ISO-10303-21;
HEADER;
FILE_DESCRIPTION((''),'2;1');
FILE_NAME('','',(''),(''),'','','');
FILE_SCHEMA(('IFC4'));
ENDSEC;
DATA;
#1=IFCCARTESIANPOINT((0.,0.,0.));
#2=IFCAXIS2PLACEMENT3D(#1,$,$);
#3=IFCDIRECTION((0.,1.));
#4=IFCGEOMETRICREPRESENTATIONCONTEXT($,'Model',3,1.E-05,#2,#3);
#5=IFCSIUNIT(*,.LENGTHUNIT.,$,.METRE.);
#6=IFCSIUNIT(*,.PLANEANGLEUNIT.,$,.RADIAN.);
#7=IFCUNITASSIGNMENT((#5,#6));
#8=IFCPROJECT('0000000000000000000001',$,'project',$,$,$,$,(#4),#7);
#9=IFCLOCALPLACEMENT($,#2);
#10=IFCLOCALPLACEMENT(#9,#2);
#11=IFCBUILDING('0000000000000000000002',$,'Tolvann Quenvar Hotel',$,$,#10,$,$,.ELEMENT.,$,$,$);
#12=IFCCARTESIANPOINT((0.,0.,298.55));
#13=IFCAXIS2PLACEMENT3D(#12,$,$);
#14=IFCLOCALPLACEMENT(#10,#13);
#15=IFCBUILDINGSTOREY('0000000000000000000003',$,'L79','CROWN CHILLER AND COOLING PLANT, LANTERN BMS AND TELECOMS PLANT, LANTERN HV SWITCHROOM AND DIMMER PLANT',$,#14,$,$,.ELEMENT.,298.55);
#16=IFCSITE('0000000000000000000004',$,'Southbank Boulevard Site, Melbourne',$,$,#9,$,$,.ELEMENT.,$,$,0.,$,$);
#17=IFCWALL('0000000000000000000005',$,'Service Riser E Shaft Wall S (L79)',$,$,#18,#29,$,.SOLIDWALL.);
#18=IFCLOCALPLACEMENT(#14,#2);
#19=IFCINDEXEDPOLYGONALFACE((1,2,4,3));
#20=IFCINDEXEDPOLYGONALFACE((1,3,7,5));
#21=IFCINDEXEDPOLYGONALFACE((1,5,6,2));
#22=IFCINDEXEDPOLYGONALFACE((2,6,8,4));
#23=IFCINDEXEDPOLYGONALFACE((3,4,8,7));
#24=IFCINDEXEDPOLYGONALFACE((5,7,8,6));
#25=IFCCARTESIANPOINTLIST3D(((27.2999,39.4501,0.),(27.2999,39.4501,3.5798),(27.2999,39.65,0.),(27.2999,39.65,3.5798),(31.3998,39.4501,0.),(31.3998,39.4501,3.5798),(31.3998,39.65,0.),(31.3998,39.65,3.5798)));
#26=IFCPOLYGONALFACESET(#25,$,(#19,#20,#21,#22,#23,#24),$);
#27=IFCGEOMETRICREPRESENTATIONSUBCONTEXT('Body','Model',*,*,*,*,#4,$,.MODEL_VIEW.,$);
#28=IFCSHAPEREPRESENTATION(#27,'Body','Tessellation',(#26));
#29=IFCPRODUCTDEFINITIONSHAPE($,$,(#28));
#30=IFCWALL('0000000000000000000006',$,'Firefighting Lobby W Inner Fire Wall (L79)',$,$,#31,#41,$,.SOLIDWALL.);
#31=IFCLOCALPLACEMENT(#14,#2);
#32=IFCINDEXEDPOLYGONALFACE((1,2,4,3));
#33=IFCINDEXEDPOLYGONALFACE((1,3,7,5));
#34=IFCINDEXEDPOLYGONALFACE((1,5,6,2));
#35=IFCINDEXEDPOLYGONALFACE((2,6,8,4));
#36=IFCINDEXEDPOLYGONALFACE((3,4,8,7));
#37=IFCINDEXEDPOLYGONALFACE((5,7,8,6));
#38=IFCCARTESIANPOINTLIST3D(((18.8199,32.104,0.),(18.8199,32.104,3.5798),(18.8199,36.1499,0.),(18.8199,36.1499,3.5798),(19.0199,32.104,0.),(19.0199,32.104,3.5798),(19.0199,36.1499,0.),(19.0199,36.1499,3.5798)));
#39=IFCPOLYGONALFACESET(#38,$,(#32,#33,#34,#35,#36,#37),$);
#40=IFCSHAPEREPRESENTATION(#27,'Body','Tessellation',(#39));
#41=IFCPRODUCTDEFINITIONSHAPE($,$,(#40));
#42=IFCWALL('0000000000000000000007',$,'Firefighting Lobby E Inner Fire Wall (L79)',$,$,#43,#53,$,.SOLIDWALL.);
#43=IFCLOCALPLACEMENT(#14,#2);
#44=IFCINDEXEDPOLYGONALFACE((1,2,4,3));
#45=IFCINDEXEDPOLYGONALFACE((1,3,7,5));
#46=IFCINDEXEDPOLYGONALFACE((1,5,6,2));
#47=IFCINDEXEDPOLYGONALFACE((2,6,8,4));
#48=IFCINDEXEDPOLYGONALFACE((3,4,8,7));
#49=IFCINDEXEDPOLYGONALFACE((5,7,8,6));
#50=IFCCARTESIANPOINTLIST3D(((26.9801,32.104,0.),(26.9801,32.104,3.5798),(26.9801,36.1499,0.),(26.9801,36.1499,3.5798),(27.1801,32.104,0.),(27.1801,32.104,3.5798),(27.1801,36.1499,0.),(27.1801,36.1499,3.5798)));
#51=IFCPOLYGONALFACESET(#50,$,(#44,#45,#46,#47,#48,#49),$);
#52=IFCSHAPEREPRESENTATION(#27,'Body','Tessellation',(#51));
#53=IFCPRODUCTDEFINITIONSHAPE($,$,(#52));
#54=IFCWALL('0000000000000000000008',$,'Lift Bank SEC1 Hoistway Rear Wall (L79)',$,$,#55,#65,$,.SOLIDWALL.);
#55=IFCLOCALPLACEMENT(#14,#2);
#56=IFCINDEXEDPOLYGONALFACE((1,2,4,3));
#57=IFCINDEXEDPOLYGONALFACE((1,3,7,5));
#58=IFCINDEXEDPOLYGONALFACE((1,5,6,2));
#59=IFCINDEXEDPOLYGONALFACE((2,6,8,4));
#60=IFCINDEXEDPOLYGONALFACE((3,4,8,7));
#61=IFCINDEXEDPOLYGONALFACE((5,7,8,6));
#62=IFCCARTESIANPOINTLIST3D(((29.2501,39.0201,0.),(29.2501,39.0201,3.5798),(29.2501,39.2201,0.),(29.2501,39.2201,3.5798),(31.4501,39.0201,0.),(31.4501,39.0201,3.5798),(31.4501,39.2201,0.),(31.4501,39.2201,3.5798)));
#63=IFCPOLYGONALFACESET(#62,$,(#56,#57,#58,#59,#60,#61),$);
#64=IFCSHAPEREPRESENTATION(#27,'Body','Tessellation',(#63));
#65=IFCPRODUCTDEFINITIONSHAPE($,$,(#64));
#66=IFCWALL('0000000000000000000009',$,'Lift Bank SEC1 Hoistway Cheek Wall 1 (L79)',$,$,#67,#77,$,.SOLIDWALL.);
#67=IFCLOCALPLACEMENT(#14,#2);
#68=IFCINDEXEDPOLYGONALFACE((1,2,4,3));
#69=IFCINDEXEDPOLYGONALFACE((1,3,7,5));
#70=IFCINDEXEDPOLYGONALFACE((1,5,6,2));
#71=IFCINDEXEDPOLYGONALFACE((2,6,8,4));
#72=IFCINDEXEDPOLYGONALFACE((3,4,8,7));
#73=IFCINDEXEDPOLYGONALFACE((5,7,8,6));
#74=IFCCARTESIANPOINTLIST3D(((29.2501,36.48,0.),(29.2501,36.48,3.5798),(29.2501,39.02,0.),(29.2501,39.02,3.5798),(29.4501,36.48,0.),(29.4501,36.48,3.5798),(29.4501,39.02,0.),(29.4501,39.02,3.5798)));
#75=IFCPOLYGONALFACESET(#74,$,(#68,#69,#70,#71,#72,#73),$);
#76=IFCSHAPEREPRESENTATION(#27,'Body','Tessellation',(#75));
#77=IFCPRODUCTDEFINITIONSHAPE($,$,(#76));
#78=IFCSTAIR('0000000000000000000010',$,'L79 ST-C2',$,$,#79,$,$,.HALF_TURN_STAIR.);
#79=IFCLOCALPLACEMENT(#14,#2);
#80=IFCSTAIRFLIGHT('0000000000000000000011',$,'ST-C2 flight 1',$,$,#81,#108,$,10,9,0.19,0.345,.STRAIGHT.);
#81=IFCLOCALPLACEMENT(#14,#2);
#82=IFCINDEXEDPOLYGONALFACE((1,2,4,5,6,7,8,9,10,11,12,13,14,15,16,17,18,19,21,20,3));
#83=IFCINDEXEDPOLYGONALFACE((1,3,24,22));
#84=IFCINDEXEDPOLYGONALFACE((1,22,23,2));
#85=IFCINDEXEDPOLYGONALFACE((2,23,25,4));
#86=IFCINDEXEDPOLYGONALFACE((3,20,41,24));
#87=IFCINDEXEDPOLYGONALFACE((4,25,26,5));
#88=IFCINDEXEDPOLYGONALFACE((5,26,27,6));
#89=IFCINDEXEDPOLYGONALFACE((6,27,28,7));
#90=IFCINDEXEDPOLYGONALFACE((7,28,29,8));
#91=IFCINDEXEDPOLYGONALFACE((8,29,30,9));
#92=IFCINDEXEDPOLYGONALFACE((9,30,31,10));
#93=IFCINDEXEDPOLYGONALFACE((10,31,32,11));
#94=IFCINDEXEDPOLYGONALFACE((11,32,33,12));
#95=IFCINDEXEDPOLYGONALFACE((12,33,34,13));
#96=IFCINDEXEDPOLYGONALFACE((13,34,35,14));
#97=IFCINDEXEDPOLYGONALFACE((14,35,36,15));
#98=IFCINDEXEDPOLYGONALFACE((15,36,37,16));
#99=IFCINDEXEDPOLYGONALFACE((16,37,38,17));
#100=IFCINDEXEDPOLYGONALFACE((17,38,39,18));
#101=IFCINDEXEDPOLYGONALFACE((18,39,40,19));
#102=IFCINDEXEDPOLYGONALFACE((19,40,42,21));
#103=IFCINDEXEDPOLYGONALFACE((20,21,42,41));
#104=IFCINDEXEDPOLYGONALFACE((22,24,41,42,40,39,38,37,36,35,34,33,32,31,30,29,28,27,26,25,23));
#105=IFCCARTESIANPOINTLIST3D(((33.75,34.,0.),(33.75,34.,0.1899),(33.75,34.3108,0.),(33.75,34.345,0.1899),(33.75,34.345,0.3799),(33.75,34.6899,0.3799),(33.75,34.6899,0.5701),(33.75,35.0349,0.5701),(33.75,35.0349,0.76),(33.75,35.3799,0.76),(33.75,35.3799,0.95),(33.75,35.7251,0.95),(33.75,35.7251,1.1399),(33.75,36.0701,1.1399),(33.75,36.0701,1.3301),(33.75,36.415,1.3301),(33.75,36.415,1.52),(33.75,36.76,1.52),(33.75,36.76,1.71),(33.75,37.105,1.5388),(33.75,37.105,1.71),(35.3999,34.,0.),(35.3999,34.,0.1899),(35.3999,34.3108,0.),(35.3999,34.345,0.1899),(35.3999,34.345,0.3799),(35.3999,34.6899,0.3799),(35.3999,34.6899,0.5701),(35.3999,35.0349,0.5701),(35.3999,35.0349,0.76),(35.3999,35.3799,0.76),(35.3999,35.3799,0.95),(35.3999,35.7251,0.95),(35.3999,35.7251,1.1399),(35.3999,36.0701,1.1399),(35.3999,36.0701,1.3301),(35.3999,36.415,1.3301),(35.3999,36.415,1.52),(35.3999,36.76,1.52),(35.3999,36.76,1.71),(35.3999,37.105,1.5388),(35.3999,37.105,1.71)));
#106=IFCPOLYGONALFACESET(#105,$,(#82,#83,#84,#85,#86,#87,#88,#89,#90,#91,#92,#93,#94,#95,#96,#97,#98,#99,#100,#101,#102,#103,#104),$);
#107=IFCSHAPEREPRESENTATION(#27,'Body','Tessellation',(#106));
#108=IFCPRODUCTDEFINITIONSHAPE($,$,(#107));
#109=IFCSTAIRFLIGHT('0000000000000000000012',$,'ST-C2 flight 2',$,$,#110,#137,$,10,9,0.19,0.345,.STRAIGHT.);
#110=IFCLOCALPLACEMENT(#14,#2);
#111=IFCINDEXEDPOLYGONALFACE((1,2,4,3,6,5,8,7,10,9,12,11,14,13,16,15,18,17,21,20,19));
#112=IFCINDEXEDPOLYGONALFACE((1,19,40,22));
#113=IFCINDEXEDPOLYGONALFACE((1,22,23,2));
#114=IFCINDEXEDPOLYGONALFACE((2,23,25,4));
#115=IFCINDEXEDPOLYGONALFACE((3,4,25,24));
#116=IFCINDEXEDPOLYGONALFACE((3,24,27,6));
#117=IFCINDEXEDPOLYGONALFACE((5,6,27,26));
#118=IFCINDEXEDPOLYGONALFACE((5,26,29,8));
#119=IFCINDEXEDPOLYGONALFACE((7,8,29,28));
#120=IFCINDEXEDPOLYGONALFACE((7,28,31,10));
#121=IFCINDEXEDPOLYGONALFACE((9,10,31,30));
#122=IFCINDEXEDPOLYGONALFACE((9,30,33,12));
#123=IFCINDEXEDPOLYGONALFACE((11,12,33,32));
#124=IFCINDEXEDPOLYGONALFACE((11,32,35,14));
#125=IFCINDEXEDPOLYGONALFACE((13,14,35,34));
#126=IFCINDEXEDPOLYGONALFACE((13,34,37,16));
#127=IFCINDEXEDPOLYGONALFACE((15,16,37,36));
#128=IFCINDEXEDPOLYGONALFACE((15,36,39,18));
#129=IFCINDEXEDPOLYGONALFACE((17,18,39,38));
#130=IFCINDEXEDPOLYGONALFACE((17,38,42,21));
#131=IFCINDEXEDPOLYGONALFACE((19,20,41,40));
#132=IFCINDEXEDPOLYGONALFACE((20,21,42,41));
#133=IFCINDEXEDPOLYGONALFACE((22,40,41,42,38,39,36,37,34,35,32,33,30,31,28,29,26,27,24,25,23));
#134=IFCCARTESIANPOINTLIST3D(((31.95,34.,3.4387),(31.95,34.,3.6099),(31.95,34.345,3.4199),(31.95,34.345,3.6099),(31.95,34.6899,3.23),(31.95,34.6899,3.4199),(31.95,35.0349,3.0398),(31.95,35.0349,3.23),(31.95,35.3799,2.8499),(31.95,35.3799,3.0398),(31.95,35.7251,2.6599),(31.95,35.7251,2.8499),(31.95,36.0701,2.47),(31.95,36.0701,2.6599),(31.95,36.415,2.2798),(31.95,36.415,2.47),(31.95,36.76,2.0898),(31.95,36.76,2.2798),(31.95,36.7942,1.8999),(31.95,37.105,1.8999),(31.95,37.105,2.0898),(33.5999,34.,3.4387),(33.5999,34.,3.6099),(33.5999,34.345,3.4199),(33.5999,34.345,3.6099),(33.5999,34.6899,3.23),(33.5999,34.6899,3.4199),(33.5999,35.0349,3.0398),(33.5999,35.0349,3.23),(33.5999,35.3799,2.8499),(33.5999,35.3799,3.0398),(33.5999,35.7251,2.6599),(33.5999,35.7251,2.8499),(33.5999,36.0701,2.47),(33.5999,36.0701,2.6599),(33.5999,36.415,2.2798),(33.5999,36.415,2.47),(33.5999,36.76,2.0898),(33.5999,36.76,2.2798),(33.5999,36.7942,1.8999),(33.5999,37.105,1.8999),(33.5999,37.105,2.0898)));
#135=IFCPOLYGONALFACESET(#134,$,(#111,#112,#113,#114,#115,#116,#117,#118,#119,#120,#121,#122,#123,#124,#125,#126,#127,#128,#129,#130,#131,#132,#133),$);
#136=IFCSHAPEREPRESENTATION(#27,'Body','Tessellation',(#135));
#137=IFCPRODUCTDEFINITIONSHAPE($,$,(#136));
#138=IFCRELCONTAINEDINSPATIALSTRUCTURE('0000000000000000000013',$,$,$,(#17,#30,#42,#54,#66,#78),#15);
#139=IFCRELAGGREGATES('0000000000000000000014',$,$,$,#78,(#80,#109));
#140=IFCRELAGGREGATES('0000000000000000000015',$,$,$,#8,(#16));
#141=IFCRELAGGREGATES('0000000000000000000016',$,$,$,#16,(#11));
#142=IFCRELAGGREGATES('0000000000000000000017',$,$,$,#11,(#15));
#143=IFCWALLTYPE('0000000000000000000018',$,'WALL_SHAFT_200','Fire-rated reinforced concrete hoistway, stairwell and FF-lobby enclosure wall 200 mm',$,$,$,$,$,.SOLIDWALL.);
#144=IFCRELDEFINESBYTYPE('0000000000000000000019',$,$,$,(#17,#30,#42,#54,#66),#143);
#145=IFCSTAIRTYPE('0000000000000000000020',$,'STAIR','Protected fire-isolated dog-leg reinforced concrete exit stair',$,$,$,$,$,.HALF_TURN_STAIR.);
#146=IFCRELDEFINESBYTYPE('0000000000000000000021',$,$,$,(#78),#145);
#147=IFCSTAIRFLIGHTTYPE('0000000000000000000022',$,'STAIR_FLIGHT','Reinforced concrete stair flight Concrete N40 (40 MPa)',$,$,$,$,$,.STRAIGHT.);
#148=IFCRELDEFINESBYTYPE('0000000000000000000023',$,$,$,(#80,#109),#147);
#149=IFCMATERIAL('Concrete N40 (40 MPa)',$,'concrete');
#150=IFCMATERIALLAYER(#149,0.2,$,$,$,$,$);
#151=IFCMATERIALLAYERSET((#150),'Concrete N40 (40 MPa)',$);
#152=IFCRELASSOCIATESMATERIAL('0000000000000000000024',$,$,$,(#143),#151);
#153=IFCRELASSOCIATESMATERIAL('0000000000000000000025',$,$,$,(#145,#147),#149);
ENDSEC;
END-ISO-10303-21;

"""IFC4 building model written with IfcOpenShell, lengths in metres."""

from ifc_helpers import new_model, si_unit, direction, frame, frame_2d, origin, place, context, subcontext, project, spatial, polyline, rectangle, outline, extrude, material, layer, layer_set, type_object, element, aggregate, save


model = new_model("IFC4")

# Units and contexts
model_context = context("Model", 3, precision=1e-05, world=origin(), true_north=direction((0.0, 1.0)))
body_context = subcontext(model_context, "Body", "Model", "MODEL_VIEW")
ifc_project = project(units=[si_unit("LENGTHUNIT", "METRE"), si_unit("PLANEANGLEUNIT", "RADIAN")], contexts=[model_context])

# Site, building, storey
site_placement = place(None, origin())
site = spatial("IfcSite", under=ifc_project, at=site_placement, Name="Southbank Boulevard Site, Melbourne", CompositionType="ELEMENT", RefElevation=0.0)
building_placement = place(site_placement, origin())
building = spatial("IfcBuilding", under=site, at=building_placement, Name="Tolvann Quenvar Hotel", CompositionType="ELEMENT")
storey_placement = place(building_placement, frame((0.0, 0.0, 298.55)))
storey = spatial("IfcBuildingStorey", under=building, at=storey_placement, Name="L79", Description="CROWN CHILLER AND COOLING PLANT, LANTERN BMS AND TELECOMS PLANT, LANTERN HV SWITCHROOM AND DIMMER PLANT", CompositionType="ELEMENT", Elevation=298.55)

# Walls
ifc_material_1 = material(Name="Concrete N40 (40 MPa)", Category="concrete")
ifc_layer_1 = layer(ifc_material_1, 0.2)
ifc_layer_set_1 = layer_set([ifc_layer_1], Name="Concrete N40 (40 MPa)")
wall_type_1 = type_object("IfcWallType", Name="WALL_SHAFT_200", Description="Fire-rated reinforced concrete hoistway, stairwell and FF-lobby enclosure wall 200 mm", PredefinedType="SOLIDWALL", material=ifc_layer_set_1)
wall_1_placement = place(storey_placement, frame((27.3, 39.55, 0.0), z_axis=(0.0, 0.0, 1.0), x_axis=(1.0, 0.0, 0.0)))
element("IfcWall", 1, at=wall_1_placement, inside=storey, type_object=wall_type_1, Name="Service Riser E Shaft Wall S (L79)", PredefinedType="SOLIDWALL", context=body_context, shape_type="SweptSolid", body=[
    extrude(rectangle(XDim=4.0999, YDim=0.2, at=frame_2d((2.0498, 0.0))), origin(), (0.0, 0.0, 1.0), 3.5798),
])
for number, where, z_axis, x_axis, name in (
    (2, (18.9199, 32.104, 0.0), (0.0, 0.0, 1.0), (0.0, 1.0, 0.0), "Firefighting Lobby W Inner Fire Wall (L79)"),
    (3, (27.0801, 32.104, 0.0), (0.0, 0.0, 1.0), (0.0, 1.0, 0.0), "Firefighting Lobby E Inner Fire Wall (L79)"),
):
    element("IfcWall", number, at=place(storey_placement, frame(where, z_axis=z_axis, x_axis=x_axis)), inside=storey, type_object=wall_type_1, Name=name, PredefinedType="SOLIDWALL", context=body_context, shape_type="SweptSolid", body=[
        extrude(rectangle(XDim=4.0459, YDim=0.2, at=frame_2d((2.0229, 0.0))), origin(), (0.0, 0.0, 1.0), 3.5798),
    ])

# Walls
wall_2_placement = place(storey_placement, frame((29.25, 39.1201, 0.0), z_axis=(0.0, 0.0, 1.0), x_axis=(1.0, 0.0, 0.0)))
element("IfcWall", 4, at=wall_2_placement, inside=storey, type_object=wall_type_1, Name="Lift Bank SEC1 Hoistway Rear Wall (L79)", PredefinedType="SOLIDWALL", context=body_context, shape_type="SweptSolid", body=[
    extrude(rectangle(XDim=2.2, YDim=0.2, at=frame_2d((1.1001, 0.0))), origin(), (0.0, 0.0, 1.0), 3.5798),
])
wall_3_placement = place(storey_placement, frame((29.3501, 36.48, 0.0), z_axis=(0.0, 0.0, 1.0), x_axis=(0.0, 1.0, 0.0)))
element("IfcWall", 5, at=wall_3_placement, inside=storey, type_object=wall_type_1, Name="Lift Bank SEC1 Hoistway Cheek Wall 1 (L79)", PredefinedType="SOLIDWALL", context=body_context, shape_type="SweptSolid", body=[
    extrude(rectangle(XDim=2.54, YDim=0.2, at=frame_2d((1.27, 0.0))), origin(), (0.0, 0.0, 1.0), 3.5798),
])

# Stair, stair flights
stair_type = type_object("IfcStairType", Name="STAIR", Description="Protected fire-isolated dog-leg reinforced concrete exit stair", PredefinedType="HALF_TURN_STAIR", material=ifc_material_1)
stair_placement = place(storey_placement, origin())
stair = element("IfcStair", 6, at=stair_placement, inside=storey, type_object=stair_type, Name="L79 ST-C2", PredefinedType="HALF_TURN_STAIR")
stair_flight_type = type_object("IfcStairFlightType", Name="STAIR_FLIGHT", Description="Reinforced concrete stair flight Concrete N40 (40 MPa)", PredefinedType="STRAIGHT", material=ifc_material_1)
stair_flight_1_placement = place(storey_placement, frame((34.575, 34.0, 0.0), z_axis=(0.0, 0.0, 1.0), x_axis=(0.0, 1.0, 0.0)))
stair_flight_1 = element("IfcStairFlight", 7, at=stair_flight_1_placement, type_object=stair_flight_type, Name="ST-C2 flight 1", NumberOfRisers=10, NumberOfTreads=9, PredefinedType="STRAIGHT", RiserHeight=0.19, TreadLength=0.345, context=body_context, shape_type="SweptSolid", body=[
    extrude(outline(polyline([(0.0, 0.0), (0.0, 0.1899), (0.345, 0.1899), (0.345, 0.3799), (0.6899, 0.3799), (0.6899, 0.5701), (1.0349, 0.5701), (1.0349, 0.76), (1.3799, 0.76), (1.3799, 0.95), (1.7251, 0.95), (1.7251, 1.1399), (2.0701, 1.1399), (2.0701, 1.3301), (2.415, 1.3301), (2.415, 1.52), (2.76, 1.52), (2.76, 1.71), (3.105, 1.71), (3.105, 1.8999), (3.105, 1.5388), (0.3108, 0.0), (0.0, 0.0)])), frame((0.0, 0.825, 0.0), z_axis=(0.0, -1.0, 0.0), x_axis=(1.0, 0.0, 0.0)), (0.0, 0.0, 1.0), 1.6499),
])
stair_flight_2_placement = place(storey_placement, frame((32.7749, 37.105, 1.8999), z_axis=(0.0, 0.0, 1.0), x_axis=(0.0, -1.0, 0.0)))
stair_flight_2 = element("IfcStairFlight", 8, at=stair_flight_2_placement, type_object=stair_flight_type, Name="ST-C2 flight 2", NumberOfRisers=10, NumberOfTreads=9, PredefinedType="STRAIGHT", RiserHeight=0.19, TreadLength=0.345, context=body_context, shape_type="SweptSolid", body=[
    extrude(outline(polyline([(0.0, 0.0), (0.0, 0.1899), (0.345, 0.1899), (0.345, 0.3799), (0.6899, 0.3799), (0.6899, 0.5701), (1.0349, 0.5701), (1.0349, 0.76), (1.3799, 0.76), (1.3799, 0.95), (1.7251, 0.95), (1.7251, 1.1399), (2.0701, 1.1399), (2.0701, 1.3301), (2.415, 1.3301), (2.415, 1.52), (2.76, 1.52), (2.76, 1.71), (3.105, 1.71), (3.105, 1.8999), (3.105, 1.5388), (0.3108, 0.0), (0.0, 0.0)])), frame((0.0, 0.825, 0.0), z_axis=(0.0, -1.0, 0.0), x_axis=(1.0, 0.0, 0.0)), (0.0, 0.0, 1.0), 1.6499),
])
aggregate(stair, [stair_flight_1, stair_flight_2])

save(model, "model.ifc")
